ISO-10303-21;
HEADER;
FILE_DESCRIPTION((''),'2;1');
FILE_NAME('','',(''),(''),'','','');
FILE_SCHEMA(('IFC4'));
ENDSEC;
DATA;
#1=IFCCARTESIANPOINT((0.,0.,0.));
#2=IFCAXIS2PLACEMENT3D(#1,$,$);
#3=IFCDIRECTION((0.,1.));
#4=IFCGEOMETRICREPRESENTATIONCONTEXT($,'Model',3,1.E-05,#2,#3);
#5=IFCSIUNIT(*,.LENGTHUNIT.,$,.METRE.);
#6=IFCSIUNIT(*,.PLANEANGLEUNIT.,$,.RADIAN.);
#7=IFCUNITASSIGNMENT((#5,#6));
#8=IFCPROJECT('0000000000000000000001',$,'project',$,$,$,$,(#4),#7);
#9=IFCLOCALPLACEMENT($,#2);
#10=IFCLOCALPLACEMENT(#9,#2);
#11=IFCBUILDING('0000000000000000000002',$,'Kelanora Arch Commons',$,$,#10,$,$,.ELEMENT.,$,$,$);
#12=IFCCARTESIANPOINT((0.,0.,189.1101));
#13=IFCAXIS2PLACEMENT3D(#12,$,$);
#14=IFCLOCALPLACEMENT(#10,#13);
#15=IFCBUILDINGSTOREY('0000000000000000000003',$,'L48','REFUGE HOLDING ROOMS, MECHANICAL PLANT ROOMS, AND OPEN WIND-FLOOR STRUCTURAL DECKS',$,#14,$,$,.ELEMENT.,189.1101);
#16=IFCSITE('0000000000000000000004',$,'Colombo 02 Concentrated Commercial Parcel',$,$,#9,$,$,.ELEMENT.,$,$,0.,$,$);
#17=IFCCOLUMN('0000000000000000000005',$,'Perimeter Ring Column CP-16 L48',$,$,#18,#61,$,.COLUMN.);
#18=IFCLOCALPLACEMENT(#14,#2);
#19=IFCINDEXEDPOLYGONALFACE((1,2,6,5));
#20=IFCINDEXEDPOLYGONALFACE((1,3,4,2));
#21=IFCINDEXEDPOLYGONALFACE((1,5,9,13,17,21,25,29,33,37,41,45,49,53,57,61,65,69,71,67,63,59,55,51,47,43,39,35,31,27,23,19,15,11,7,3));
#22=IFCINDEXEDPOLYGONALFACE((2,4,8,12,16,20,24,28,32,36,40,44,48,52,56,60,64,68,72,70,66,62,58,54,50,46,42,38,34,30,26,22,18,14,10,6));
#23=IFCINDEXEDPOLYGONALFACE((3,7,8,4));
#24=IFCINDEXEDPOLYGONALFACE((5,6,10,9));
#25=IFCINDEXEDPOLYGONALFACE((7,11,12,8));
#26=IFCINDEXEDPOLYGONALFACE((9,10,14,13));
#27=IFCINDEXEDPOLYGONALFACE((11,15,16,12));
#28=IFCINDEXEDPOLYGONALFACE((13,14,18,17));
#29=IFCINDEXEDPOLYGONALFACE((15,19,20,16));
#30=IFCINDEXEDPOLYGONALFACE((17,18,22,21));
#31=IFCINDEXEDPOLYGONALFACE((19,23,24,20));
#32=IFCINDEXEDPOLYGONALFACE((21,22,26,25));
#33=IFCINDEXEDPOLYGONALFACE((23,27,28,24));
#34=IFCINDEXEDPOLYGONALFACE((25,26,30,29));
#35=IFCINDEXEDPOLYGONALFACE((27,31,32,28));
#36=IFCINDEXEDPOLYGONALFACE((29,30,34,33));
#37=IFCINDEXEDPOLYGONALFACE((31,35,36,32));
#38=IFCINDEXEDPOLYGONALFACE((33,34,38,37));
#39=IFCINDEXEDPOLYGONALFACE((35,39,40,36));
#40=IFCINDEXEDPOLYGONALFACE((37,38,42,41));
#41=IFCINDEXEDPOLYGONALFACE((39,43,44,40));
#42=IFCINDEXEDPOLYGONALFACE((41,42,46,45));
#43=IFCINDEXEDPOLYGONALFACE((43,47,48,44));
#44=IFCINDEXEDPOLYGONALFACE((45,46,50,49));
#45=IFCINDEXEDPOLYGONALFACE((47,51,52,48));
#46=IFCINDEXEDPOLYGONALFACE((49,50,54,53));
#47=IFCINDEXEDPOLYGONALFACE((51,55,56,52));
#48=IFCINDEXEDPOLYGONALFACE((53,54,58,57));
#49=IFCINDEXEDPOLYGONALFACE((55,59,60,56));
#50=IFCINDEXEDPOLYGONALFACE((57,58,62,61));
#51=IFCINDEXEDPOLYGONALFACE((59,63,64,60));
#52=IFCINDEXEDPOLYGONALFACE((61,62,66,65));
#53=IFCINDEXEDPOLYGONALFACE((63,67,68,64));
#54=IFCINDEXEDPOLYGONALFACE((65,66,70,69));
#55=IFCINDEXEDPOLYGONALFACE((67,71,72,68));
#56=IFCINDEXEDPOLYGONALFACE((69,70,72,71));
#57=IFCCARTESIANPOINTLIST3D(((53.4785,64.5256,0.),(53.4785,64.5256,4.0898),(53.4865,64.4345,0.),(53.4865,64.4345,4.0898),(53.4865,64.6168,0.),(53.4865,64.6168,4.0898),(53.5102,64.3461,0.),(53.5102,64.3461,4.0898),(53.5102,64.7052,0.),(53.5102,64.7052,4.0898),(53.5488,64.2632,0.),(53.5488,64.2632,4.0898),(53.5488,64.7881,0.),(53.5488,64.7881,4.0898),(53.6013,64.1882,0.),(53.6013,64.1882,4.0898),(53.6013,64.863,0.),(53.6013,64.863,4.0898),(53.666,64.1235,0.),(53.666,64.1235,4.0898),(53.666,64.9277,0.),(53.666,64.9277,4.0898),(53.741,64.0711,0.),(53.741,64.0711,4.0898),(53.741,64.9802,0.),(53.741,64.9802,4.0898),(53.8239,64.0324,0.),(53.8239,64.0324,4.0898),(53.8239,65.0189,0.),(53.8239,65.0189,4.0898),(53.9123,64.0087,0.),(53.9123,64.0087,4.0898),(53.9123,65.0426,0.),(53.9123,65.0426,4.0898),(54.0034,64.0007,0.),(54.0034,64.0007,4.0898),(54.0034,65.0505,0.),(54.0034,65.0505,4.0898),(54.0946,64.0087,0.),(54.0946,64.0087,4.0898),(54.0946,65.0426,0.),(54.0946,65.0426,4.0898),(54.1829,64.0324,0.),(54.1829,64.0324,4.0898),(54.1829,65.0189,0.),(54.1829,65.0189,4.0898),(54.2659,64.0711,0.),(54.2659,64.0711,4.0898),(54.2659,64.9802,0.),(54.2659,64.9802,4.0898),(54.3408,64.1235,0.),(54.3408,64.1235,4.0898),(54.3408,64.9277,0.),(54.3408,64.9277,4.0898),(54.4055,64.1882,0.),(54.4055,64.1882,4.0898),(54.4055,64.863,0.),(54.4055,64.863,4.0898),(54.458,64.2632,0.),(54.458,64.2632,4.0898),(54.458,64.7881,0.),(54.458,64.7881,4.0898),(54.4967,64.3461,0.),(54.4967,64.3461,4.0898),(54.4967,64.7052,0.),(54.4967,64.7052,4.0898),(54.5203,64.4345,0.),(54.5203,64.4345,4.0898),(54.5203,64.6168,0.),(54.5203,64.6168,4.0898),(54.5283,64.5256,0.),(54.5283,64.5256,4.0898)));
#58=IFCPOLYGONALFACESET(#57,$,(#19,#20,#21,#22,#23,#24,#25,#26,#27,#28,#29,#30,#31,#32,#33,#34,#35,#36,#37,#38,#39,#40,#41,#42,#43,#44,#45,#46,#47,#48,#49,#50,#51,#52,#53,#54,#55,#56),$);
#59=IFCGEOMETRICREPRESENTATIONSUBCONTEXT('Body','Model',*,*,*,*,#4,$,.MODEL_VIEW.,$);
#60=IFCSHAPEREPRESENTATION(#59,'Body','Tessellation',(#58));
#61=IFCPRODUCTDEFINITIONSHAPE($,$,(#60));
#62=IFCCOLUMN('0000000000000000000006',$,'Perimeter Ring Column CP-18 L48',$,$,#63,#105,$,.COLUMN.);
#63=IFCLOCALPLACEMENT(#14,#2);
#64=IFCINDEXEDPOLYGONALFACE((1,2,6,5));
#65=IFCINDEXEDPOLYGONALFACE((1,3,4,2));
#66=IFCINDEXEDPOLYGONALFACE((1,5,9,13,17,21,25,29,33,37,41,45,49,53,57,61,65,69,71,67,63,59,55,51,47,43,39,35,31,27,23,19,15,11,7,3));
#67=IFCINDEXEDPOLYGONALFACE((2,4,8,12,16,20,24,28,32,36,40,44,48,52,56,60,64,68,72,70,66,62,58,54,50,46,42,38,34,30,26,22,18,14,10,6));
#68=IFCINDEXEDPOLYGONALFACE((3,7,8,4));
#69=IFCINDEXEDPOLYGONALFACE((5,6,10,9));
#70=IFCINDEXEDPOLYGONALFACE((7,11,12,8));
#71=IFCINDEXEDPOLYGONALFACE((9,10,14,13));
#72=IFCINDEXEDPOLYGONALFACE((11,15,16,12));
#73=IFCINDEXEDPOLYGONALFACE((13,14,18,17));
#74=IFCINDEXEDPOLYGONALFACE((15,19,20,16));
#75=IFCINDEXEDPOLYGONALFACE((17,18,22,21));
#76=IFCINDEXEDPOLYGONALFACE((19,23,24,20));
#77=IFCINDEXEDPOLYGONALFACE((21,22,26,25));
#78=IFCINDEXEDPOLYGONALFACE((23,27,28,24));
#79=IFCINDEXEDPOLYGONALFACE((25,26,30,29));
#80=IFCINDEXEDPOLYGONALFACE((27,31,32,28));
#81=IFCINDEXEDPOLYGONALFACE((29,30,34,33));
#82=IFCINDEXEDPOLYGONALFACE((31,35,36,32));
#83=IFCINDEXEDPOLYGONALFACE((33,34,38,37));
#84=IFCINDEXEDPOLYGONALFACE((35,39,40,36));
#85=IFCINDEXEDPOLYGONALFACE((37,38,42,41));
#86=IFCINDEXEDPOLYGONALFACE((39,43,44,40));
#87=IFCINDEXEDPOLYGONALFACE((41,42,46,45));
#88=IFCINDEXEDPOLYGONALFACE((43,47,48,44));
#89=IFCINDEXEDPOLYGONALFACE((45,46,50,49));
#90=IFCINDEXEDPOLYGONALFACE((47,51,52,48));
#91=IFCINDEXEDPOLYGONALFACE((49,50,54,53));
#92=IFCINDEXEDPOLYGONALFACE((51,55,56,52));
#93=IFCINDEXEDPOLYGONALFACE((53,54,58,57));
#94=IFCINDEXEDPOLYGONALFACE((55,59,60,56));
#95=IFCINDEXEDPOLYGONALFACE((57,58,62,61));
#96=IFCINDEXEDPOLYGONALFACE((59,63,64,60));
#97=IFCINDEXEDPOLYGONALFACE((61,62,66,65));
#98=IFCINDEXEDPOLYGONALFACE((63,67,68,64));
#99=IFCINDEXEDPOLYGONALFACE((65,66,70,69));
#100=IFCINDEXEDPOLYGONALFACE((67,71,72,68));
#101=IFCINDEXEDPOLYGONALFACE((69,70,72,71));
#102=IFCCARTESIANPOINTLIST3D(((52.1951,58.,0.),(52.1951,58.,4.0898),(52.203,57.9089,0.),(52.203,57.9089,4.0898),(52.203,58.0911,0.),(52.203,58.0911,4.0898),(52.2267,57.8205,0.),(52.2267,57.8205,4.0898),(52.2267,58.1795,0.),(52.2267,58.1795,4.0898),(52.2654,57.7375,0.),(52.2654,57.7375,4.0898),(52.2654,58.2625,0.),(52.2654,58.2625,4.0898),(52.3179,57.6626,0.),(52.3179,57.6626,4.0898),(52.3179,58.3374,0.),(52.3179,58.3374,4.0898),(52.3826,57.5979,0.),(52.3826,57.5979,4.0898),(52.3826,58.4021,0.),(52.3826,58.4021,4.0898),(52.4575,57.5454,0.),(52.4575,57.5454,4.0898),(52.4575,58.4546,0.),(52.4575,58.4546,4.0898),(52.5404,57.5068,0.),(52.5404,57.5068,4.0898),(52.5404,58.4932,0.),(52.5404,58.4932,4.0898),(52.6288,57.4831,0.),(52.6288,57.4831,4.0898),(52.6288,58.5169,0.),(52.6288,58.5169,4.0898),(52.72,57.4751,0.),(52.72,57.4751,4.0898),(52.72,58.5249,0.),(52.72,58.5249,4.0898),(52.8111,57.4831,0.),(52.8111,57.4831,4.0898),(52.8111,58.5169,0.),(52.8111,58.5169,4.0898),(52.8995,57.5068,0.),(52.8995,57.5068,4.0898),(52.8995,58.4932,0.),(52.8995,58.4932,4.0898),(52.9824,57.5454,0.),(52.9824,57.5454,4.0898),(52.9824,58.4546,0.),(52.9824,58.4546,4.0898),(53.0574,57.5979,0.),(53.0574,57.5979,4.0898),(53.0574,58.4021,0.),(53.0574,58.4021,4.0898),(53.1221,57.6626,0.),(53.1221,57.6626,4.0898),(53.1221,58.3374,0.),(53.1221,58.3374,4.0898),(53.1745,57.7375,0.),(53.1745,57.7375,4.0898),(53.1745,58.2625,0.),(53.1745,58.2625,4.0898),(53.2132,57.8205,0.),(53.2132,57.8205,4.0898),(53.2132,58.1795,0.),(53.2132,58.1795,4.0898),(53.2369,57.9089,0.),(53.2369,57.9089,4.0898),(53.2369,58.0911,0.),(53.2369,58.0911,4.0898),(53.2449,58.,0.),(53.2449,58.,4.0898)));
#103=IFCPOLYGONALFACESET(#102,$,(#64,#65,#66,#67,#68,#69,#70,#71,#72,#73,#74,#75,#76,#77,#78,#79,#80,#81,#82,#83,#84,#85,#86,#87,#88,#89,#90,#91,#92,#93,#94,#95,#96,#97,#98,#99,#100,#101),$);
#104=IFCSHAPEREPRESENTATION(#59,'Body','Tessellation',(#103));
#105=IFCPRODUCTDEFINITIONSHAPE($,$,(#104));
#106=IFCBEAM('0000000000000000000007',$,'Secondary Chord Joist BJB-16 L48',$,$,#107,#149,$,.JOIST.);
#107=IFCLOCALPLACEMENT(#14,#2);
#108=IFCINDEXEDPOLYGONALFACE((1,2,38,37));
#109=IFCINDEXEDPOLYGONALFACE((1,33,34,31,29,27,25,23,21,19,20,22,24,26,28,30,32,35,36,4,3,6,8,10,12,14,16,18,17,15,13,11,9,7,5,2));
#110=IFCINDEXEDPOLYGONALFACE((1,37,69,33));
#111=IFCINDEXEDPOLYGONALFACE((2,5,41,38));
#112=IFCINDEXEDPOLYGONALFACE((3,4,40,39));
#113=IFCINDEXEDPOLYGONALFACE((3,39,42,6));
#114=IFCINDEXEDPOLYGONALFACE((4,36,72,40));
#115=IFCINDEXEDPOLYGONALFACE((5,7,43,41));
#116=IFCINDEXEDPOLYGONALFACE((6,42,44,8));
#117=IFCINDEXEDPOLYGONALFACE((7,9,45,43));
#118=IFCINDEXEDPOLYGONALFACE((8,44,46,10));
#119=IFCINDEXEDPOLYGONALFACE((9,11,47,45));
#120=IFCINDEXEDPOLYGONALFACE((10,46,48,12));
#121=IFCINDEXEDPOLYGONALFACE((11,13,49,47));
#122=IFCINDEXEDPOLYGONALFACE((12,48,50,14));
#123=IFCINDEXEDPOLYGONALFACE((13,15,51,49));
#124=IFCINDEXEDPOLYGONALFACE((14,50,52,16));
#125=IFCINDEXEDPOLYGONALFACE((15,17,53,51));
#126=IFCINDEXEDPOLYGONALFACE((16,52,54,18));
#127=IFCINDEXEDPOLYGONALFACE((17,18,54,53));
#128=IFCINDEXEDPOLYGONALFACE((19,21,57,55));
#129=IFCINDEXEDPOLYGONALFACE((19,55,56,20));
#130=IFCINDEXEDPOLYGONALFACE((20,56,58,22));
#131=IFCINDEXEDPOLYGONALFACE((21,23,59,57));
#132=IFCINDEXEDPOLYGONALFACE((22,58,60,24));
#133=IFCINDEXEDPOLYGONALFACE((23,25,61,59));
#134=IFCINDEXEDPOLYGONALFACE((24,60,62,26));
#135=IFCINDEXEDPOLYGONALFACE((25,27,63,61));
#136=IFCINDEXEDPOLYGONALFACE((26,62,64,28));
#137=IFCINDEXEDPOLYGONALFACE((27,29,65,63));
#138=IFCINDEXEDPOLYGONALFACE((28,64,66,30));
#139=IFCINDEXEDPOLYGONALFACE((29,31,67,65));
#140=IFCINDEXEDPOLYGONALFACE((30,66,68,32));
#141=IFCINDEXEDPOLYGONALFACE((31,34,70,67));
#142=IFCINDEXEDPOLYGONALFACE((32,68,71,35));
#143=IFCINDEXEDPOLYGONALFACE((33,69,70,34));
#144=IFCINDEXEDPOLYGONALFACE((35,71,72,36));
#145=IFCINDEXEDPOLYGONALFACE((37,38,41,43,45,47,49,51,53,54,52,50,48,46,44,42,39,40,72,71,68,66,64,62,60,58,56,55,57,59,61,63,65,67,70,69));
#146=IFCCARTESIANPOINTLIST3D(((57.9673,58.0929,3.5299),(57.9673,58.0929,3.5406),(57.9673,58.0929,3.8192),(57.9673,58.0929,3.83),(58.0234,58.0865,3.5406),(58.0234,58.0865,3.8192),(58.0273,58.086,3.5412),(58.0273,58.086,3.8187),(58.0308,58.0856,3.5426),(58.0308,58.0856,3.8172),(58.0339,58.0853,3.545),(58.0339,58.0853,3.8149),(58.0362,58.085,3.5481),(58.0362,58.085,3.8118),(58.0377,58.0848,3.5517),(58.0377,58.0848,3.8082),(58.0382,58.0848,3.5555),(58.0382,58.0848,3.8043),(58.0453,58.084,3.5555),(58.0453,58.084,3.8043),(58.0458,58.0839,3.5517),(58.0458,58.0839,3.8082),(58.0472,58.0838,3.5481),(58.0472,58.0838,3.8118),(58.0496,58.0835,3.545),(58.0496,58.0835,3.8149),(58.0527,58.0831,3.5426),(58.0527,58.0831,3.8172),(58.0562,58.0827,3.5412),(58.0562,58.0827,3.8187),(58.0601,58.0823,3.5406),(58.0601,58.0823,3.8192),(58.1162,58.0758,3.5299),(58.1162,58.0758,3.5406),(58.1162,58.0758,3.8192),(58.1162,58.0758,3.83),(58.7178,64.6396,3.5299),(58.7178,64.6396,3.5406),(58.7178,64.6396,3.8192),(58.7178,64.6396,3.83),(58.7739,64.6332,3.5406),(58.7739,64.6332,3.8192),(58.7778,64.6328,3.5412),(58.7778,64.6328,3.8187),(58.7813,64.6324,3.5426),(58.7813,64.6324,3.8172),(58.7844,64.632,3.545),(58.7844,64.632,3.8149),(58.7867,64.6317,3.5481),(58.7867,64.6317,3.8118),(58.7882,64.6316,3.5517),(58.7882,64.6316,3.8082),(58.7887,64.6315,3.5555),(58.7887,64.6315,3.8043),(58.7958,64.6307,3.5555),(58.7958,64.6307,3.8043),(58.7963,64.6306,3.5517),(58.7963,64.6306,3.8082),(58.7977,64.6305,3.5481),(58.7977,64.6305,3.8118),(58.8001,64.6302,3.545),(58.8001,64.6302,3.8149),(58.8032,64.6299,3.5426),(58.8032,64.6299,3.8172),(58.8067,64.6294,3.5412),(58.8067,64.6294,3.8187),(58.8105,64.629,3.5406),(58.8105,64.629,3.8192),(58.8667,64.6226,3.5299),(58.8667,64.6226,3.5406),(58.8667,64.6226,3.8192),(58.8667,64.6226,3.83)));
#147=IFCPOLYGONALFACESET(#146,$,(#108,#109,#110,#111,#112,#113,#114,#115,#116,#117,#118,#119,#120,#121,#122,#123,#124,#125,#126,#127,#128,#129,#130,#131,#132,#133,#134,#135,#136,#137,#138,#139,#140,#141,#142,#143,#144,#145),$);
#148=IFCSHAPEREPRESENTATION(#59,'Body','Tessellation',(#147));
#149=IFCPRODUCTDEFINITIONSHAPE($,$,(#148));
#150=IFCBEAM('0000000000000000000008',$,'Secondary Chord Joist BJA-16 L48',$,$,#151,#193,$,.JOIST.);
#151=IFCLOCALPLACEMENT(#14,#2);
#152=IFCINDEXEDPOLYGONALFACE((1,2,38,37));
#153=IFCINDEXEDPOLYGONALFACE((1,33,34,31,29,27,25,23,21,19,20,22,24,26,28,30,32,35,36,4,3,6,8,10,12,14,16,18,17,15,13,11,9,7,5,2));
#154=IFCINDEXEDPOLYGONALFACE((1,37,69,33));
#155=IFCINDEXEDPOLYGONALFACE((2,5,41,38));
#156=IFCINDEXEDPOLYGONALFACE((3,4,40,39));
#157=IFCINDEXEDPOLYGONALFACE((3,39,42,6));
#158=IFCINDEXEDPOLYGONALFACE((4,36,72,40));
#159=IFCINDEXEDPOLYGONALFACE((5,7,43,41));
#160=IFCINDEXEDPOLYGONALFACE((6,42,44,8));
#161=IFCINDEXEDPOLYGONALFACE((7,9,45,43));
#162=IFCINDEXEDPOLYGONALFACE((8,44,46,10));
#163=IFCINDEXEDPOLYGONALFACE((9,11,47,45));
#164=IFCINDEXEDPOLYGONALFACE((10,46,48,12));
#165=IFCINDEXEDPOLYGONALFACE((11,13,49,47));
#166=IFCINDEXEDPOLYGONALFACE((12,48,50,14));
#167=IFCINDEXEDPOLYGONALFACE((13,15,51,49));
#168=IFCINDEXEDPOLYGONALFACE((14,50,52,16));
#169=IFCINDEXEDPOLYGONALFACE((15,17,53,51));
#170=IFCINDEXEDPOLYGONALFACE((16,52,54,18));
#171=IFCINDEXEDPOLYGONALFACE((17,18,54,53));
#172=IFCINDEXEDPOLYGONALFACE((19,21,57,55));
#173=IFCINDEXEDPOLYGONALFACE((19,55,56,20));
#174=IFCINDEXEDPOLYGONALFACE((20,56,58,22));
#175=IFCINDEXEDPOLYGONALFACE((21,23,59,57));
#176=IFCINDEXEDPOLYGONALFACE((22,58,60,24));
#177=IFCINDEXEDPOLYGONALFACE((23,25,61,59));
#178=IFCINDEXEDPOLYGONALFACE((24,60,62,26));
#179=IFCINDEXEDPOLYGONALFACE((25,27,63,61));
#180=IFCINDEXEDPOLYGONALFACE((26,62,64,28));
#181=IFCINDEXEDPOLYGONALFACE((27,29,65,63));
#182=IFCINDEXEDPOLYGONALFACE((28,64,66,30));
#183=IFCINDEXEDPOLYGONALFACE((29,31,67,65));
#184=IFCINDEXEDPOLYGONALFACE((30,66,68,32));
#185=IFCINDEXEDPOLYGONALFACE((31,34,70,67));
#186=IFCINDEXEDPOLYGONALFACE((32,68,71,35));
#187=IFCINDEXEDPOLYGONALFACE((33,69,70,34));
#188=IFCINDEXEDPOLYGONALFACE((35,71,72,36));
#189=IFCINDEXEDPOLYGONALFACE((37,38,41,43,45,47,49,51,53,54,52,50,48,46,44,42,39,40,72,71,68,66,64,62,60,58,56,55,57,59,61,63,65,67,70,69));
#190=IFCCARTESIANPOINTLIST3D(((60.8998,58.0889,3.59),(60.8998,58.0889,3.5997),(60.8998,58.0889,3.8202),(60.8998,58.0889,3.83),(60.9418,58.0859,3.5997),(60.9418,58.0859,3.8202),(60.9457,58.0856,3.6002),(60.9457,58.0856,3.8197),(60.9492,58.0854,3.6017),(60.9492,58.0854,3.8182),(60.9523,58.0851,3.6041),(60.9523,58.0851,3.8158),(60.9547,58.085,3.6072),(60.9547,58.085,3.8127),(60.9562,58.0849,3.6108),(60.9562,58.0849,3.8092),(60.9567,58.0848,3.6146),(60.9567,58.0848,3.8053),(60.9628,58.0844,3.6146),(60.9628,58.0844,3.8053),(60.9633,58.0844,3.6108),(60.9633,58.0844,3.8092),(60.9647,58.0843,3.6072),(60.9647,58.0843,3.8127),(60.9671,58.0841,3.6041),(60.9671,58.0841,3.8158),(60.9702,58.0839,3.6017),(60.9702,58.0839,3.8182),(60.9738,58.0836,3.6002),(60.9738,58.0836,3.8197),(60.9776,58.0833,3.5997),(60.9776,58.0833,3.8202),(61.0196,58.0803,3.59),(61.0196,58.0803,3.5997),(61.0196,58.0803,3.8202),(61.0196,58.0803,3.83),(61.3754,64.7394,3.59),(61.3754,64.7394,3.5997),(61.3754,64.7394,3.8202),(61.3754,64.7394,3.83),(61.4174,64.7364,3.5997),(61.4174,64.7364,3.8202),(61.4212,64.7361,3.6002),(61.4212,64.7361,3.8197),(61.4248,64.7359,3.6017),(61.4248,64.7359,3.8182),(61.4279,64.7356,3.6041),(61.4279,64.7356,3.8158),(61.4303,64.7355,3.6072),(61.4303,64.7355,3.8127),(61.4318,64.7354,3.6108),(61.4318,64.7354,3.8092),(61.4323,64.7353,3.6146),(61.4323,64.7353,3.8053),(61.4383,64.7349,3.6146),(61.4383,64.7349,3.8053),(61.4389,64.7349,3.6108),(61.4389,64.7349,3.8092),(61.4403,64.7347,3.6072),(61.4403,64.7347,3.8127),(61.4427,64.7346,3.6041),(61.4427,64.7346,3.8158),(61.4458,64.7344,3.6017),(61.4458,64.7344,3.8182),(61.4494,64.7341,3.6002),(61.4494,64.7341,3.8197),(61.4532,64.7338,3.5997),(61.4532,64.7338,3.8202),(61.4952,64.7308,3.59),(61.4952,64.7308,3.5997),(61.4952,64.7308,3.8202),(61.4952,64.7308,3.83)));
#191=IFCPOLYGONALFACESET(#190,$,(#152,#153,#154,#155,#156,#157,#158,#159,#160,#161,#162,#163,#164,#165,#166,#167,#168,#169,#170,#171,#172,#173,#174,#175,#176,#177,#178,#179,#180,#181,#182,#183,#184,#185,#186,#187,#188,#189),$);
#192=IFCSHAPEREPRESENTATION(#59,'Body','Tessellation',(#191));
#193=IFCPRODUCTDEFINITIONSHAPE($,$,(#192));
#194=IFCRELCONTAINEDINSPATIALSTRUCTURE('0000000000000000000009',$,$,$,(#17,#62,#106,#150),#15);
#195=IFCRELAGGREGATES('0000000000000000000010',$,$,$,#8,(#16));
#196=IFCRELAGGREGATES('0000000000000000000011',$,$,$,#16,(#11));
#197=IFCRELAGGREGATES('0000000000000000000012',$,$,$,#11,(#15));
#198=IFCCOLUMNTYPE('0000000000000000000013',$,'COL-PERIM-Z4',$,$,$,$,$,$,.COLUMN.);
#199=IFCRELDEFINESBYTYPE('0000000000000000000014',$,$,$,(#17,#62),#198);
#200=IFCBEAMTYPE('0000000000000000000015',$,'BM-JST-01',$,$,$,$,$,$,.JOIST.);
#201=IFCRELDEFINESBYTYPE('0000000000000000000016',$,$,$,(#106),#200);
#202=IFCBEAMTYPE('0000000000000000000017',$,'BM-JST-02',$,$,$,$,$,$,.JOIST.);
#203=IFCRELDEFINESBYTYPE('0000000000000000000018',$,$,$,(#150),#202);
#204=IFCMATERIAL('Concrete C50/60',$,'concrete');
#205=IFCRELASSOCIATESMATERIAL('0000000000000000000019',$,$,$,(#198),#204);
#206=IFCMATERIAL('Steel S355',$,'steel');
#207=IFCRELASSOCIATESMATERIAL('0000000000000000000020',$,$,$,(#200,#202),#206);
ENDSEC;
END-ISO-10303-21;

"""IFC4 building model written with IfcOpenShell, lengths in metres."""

from ifc_helpers import new_model, si_unit, direction, frame, origin, origin_2d, place, context, subcontext, project, spatial, circle, i_section, extrude, material, material_profile, profile_set, type_object, element, save


model = new_model("IFC4")

# Units and contexts
model_context = context("Model", 3, precision=1e-05, world=origin(), true_north=direction((0.0, 1.0)))
body_context = subcontext(model_context, "Body", "Model", "MODEL_VIEW")
ifc_project = project(units=[si_unit("LENGTHUNIT", "METRE"), si_unit("PLANEANGLEUNIT", "RADIAN")], contexts=[model_context])

# Site, building, storey
site_placement = place(None, origin())
site = spatial("IfcSite", under=ifc_project, at=site_placement, Name="Colombo 02 Concentrated Commercial Parcel", CompositionType="ELEMENT", RefElevation=0.0)
building_placement = place(site_placement, origin())
building = spatial("IfcBuilding", under=site, at=building_placement, Name="Kelanora Arch Commons", CompositionType="ELEMENT")
storey_placement = place(building_placement, frame((0.0, 0.0, 189.1101)))
storey = spatial("IfcBuildingStorey", under=building, at=storey_placement, Name="L48", Description="REFUGE HOLDING ROOMS, MECHANICAL PLANT ROOMS, AND OPEN WIND-FLOOR STRUCTURAL DECKS", CompositionType="ELEMENT", Elevation=189.1101)

# Columns
ifc_material_1 = material(Name="Concrete C50/60", Category="concrete")
ifc_material_profile_1 = material_profile(ifc_material_1, circle(Radius=0.5249, at=origin_2d()), Name="RCC1050")
ifc_profile_set_1 = profile_set([ifc_material_profile_1], Name="Concrete C50/60")
column_type = type_object("IfcColumnType", Name="COL-PERIM-Z4", PredefinedType="COLUMN", material=ifc_profile_set_1)
for number, where, z_axis, x_axis, name in (
    (1, (54.0034, 64.5256, 0.0), (0.0, 0.0, 1.0), (1.0, 0.0, 0.0), "Perimeter Ring Column CP-16 L48"),
    (2, (52.72, 58.0, 0.0), (0.0, 0.0, 1.0), (1.0, 0.0, 0.0), "Perimeter Ring Column CP-18 L48"),
):
    element("IfcColumn", number, at=place(storey_placement, frame(where, z_axis=z_axis, x_axis=x_axis)), inside=storey, type_object=column_type, Name=name, PredefinedType="COLUMN", context=body_context, shape_type="SweptSolid", body=[
        extrude(circle(Radius=0.5249, at=origin_2d()), origin(), (0.0, 0.0, 1.0), 4.0898),
    ])

# Beams
ifc_material_2 = material(Name="Steel S355", Category="steel")
ifc_material_profile_2 = material_profile(ifc_material_2, i_section(OverallWidth=0.1499, OverallDepth=0.3, WebThickness=0.0071, FlangeThickness=0.0107, FilletRadius=0.0149, at=origin_2d()), Name="IPE300")
ifc_profile_set_2 = profile_set([ifc_material_profile_2], Name="Steel S355")
beam_type_1 = type_object("IfcBeamType", Name="BM-JST-01", PredefinedType="JOIST", material=ifc_profile_set_2)
beam_1_placement = place(storey_placement, frame((58.7922, 64.6311, 3.6799), z_axis=(-0.113891, -0.993493, 0.0), x_axis=(0.993493, -0.113891, 0.0)))
element("IfcBeam", 3, at=beam_1_placement, inside=storey, type_object=beam_type_1, Name="Secondary Chord Joist BJB-16 L48", PredefinedType="JOIST", context=body_context, shape_type="SweptSolid", body=[
    extrude(i_section(OverallWidth=0.1499, OverallDepth=0.3, WebThickness=0.0071, FlangeThickness=0.0107, FilletRadius=0.0149, at=origin_2d()), origin(), (0.0, 0.0, 1.0), 6.5896),
])
ifc_material_profile_3 = material_profile(ifc_material_2, i_section(OverallWidth=0.1201, OverallDepth=0.24, WebThickness=0.0061, FlangeThickness=0.0098, FilletRadius=0.0149, at=origin_2d()), Name="IPE240")
ifc_profile_set_3 = profile_set([ifc_material_profile_3], Name="Steel S355")
beam_type_2 = type_object("IfcBeamType", Name="BM-JST-02", PredefinedType="JOIST", material=ifc_profile_set_3)
beam_2_placement = place(storey_placement, frame((61.4353, 64.7351, 3.71), z_axis=(-0.07133, -0.997453, 0.0), x_axis=(0.997453, -0.07133, 0.0)))
element("IfcBeam", 4, at=beam_2_placement, inside=storey, type_object=beam_type_2, Name="Secondary Chord Joist BJA-16 L48", PredefinedType="JOIST", context=body_context, shape_type="SweptSolid", body=[
    extrude(i_section(OverallWidth=0.1201, OverallDepth=0.24, WebThickness=0.0061, FlangeThickness=0.0098, FilletRadius=0.0149, at=origin_2d()), origin(), (0.0, 0.0, 1.0), 6.6675),
])

save(model, "model.ifc")
